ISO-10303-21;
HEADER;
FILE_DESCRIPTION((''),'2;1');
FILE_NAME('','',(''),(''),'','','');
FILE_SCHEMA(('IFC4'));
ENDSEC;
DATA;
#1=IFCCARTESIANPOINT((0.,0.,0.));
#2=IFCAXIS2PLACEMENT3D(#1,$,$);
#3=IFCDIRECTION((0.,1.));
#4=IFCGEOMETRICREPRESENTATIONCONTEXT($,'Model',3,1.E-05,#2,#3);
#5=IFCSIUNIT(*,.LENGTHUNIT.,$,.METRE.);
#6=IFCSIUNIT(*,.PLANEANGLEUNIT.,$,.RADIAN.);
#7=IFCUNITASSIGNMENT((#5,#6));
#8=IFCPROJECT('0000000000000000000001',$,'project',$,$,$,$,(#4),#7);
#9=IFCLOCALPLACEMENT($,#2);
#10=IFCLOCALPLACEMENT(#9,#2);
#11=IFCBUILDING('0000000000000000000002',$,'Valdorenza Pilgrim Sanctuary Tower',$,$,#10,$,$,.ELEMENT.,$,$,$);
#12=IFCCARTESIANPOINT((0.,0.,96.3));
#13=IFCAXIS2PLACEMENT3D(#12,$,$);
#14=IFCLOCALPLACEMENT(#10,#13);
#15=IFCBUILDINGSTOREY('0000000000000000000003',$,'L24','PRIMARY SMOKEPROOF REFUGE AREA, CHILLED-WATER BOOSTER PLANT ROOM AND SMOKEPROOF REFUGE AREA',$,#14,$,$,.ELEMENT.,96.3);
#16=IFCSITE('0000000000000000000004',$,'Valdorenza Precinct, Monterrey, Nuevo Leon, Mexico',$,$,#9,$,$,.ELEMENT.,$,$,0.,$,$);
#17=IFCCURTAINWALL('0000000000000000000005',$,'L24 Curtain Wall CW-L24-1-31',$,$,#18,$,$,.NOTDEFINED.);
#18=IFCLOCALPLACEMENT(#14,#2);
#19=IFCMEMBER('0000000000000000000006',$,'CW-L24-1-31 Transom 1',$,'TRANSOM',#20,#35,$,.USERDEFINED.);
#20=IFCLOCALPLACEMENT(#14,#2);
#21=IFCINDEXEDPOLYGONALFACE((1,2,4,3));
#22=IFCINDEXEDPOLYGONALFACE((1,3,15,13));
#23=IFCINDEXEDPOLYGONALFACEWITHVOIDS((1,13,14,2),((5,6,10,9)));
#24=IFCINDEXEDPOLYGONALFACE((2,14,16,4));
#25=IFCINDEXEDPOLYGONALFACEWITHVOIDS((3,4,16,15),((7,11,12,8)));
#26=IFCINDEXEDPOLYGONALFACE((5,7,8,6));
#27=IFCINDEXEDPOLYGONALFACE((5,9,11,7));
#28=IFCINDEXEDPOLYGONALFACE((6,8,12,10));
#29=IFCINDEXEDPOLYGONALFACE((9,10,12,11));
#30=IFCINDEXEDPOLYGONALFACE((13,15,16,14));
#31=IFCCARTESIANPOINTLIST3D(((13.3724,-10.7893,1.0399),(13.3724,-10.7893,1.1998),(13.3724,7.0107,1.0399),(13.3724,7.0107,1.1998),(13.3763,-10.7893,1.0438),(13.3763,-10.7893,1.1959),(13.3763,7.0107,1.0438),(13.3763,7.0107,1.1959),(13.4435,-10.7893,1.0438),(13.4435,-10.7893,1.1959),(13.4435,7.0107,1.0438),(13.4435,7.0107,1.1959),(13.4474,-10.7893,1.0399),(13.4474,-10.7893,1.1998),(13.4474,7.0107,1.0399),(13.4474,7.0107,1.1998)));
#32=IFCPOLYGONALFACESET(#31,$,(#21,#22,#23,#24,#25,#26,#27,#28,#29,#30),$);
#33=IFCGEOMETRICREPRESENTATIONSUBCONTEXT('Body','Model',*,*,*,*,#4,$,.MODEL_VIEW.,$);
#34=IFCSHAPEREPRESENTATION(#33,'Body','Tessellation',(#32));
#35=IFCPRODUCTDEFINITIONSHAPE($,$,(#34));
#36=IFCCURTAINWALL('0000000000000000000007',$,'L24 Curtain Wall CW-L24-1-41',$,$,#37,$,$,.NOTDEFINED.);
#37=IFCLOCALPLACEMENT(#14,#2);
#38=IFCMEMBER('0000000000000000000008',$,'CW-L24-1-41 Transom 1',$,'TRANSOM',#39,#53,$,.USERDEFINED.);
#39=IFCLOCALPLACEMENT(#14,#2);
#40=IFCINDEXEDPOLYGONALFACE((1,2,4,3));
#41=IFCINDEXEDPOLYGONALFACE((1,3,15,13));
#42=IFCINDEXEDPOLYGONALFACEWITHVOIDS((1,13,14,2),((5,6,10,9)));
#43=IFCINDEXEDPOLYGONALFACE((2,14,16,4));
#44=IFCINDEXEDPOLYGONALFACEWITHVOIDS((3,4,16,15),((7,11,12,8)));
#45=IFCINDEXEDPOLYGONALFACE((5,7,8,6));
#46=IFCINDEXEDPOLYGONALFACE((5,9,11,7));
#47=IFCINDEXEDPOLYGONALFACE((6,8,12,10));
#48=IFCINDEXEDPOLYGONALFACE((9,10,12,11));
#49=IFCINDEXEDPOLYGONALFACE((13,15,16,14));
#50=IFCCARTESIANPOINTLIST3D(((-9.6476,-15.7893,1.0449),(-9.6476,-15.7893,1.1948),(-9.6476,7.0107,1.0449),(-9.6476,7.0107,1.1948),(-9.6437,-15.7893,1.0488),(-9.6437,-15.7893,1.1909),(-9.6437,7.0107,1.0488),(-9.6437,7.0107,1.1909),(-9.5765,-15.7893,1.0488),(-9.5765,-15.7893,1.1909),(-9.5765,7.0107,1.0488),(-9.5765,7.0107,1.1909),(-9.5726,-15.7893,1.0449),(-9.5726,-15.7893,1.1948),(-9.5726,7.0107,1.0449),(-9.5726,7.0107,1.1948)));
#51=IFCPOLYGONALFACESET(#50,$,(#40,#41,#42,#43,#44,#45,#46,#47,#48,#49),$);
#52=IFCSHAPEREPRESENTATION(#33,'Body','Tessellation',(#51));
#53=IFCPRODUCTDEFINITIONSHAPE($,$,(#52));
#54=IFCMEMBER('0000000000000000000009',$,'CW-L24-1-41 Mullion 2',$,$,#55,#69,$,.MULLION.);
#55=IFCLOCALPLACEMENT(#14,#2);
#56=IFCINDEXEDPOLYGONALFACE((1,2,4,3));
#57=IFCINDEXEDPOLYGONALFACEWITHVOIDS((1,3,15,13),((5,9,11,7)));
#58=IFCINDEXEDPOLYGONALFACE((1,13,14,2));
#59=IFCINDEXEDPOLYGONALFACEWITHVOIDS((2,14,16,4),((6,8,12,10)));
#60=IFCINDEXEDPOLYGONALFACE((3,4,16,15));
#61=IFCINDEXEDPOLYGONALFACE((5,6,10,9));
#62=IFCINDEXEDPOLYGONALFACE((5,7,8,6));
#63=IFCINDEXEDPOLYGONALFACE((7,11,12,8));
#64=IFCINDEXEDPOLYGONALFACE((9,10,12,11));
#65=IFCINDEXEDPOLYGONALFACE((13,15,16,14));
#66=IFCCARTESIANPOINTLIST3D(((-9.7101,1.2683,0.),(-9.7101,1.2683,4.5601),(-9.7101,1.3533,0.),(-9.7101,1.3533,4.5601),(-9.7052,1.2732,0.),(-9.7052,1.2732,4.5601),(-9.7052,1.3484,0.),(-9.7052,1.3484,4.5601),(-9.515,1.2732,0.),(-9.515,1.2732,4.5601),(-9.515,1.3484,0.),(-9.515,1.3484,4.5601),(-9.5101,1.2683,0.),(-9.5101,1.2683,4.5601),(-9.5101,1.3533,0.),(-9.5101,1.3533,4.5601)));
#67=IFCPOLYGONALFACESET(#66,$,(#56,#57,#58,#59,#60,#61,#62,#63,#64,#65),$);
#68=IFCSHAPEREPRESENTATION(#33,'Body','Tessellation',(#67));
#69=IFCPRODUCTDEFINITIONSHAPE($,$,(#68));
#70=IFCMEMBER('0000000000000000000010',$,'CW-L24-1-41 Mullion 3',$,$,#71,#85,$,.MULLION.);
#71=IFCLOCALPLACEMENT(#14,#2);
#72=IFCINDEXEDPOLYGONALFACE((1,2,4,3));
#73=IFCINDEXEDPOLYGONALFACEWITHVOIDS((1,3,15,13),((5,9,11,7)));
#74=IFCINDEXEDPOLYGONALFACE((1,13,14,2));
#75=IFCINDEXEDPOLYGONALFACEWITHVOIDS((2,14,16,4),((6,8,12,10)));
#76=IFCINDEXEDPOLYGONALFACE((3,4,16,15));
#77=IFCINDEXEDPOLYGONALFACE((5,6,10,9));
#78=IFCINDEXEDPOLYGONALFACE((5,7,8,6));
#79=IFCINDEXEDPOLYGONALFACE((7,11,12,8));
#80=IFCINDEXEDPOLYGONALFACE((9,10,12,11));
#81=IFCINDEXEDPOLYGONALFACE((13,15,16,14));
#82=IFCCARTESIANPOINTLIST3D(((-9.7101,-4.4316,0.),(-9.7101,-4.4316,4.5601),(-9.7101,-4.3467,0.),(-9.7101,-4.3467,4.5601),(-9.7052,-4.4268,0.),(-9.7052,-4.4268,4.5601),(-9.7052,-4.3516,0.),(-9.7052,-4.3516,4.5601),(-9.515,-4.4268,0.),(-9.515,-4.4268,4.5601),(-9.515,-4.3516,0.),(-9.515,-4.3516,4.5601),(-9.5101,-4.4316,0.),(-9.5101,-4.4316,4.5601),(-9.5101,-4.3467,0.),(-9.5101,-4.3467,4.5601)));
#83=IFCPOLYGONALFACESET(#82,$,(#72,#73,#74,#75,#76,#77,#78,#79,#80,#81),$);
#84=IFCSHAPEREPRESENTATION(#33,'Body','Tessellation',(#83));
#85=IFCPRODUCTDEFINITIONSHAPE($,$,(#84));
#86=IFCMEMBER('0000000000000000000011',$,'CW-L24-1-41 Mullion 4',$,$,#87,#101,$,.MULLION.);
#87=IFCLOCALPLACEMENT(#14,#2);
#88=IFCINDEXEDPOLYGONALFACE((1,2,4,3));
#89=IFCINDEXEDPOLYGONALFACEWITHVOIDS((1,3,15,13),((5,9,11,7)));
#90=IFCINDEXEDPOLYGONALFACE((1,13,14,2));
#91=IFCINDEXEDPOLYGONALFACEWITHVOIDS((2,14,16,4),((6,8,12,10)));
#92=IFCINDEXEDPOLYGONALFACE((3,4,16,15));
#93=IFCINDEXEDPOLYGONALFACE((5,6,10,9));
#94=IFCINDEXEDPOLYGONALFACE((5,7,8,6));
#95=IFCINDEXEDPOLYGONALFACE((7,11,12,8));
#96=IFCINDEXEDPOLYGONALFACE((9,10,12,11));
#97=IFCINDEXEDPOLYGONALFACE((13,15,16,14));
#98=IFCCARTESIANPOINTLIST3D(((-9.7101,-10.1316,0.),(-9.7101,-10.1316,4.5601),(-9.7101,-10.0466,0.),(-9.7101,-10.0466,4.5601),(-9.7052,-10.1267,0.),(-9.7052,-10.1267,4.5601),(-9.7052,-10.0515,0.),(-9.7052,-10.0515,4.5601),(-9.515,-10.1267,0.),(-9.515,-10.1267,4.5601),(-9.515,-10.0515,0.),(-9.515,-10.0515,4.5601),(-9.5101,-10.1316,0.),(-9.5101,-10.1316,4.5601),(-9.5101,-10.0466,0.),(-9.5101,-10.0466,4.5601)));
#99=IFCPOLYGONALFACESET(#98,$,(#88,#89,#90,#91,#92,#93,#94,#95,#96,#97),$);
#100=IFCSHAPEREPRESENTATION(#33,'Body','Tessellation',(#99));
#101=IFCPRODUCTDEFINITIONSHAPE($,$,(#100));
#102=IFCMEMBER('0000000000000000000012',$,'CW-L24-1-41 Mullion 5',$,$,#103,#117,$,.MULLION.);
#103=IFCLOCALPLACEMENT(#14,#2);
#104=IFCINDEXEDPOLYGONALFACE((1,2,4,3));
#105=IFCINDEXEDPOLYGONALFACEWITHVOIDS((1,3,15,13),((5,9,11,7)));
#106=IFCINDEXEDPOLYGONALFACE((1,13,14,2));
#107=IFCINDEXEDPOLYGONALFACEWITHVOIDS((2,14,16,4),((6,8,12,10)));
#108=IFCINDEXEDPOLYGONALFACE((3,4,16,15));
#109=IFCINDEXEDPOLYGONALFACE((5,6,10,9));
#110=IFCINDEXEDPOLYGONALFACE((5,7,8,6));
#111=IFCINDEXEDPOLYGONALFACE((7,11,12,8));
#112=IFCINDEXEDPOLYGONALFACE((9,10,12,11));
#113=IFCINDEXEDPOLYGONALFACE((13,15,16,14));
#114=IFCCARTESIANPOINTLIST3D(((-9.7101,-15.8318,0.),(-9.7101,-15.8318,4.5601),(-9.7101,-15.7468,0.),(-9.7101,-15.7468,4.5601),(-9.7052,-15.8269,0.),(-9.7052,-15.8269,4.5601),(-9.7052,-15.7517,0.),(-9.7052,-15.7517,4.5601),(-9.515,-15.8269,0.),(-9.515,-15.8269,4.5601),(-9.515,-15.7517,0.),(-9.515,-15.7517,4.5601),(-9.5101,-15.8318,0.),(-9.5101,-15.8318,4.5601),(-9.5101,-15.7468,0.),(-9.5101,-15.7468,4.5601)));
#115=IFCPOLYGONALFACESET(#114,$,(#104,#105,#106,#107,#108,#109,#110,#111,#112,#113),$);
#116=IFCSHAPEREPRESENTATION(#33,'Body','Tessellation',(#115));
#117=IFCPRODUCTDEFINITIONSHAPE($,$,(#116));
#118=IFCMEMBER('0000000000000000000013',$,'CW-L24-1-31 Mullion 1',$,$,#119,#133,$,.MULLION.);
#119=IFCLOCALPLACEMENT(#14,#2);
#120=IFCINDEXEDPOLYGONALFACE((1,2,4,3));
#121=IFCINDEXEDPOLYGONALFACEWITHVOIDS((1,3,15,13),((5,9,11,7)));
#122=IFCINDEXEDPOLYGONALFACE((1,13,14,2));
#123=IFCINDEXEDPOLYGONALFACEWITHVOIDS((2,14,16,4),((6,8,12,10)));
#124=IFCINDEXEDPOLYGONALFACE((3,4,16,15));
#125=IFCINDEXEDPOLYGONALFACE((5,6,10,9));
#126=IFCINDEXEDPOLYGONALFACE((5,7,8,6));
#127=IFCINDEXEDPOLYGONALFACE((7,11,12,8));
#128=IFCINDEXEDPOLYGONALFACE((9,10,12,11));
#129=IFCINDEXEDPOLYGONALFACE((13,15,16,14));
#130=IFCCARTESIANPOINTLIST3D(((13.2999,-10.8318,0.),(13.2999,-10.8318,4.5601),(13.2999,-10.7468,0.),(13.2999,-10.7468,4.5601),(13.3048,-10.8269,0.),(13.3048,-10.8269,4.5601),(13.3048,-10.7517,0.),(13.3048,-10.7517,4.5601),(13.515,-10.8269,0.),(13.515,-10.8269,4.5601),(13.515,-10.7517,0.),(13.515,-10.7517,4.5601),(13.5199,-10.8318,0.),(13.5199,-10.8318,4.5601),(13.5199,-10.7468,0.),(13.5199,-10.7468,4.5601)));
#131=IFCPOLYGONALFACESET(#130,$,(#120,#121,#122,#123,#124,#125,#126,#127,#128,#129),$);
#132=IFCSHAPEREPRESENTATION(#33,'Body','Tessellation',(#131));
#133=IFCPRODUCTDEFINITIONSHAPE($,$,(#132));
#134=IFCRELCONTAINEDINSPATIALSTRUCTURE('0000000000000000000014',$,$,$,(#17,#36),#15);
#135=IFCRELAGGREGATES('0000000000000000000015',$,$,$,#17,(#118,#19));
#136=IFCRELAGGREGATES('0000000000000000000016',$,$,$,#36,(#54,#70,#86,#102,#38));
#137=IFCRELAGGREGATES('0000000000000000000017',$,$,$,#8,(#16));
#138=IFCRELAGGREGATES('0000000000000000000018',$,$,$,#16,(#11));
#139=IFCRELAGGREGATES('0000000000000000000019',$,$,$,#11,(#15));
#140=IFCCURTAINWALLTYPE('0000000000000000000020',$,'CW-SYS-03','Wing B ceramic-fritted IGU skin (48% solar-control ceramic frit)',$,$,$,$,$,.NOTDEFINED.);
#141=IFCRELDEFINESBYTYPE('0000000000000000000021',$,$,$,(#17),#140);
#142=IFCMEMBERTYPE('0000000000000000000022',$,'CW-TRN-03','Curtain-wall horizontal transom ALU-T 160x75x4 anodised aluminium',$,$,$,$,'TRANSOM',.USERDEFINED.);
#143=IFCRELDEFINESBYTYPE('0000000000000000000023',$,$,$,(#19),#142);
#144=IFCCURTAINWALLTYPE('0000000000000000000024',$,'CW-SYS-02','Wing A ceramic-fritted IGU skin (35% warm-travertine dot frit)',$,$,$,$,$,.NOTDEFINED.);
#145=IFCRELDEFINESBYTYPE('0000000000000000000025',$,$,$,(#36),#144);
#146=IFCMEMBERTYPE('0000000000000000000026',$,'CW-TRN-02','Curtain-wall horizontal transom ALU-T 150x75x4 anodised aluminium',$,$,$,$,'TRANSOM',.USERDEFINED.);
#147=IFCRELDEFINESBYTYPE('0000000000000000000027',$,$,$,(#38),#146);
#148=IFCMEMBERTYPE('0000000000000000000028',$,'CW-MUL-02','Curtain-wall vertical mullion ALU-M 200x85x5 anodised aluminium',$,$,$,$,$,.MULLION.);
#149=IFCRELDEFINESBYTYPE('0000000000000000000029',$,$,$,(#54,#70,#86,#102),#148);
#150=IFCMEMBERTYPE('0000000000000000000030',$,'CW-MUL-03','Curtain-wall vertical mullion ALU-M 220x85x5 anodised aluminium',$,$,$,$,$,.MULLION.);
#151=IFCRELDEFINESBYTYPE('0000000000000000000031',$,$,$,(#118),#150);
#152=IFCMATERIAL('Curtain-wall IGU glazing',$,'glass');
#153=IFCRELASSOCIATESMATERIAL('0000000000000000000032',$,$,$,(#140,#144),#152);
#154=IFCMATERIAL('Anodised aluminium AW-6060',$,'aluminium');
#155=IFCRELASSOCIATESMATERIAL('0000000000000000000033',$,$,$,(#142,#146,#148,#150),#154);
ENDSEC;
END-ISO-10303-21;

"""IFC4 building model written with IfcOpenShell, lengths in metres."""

from ifc_helpers import new_model, si_unit, direction, frame, origin, origin_2d, place, context, subcontext, project, spatial, hollow_rectangle, extrude, source, transform, mapped, material, material_profile, profile_set, type_object, element, aggregate, save


model = new_model("IFC4")

# Units and contexts
model_context = context("Model", 3, precision=1e-05, world=origin(), true_north=direction((0.0, 1.0)))
body_context = subcontext(model_context, "Body", "Model", "MODEL_VIEW")
ifc_project = project(units=[si_unit("LENGTHUNIT", "METRE"), si_unit("PLANEANGLEUNIT", "RADIAN")], contexts=[model_context])

# Site, building, storey
site_placement = place(None, origin())
site = spatial("IfcSite", under=ifc_project, at=site_placement, Name="Valdorenza Precinct, Monterrey, Nuevo Leon, Mexico", CompositionType="ELEMENT", RefElevation=0.0)
building_placement = place(site_placement, origin())
building = spatial("IfcBuilding", under=site, at=building_placement, Name="Valdorenza Pilgrim Sanctuary Tower", CompositionType="ELEMENT")
storey_placement = place(building_placement, frame((0.0, 0.0, 96.3)))
storey = spatial("IfcBuildingStorey", under=building, at=storey_placement, Name="L24", Description="PRIMARY SMOKEPROOF REFUGE AREA, CHILLED-WATER BOOSTER PLANT ROOM AND SMOKEPROOF REFUGE AREA", CompositionType="ELEMENT", Elevation=96.3)

# Curtain wall, member
ifc_material_1 = material(Name="Curtain-wall IGU glazing", Category="glass")
curtain_wall_type_1 = type_object("IfcCurtainWallType", Name="CW-SYS-03", Description="Wing B ceramic-fritted IGU skin (48% solar-control ceramic frit)", PredefinedType="NOTDEFINED", material=ifc_material_1)
curtain_wall_1_placement = place(storey_placement, origin())
curtain_wall_1 = element("IfcCurtainWall", 1, at=curtain_wall_1_placement, inside=storey, type_object=curtain_wall_type_1, Name="L24 Curtain Wall CW-L24-1-31", PredefinedType="NOTDEFINED")
ifc_material_2 = material(Name="Anodised aluminium AW-6060", Category="aluminium")
ifc_material_profile_1 = material_profile(ifc_material_2, hollow_rectangle(XDim=0.075, YDim=0.1599, WallThickness=0.0039, at=origin_2d()), Name="ALU-T 160x75x4")
ifc_profile_set_1 = profile_set([ifc_material_profile_1], Name="Anodised aluminium AW-6060")
member_type_1 = type_object("IfcMemberType", Name="CW-TRN-03", Description="Curtain-wall horizontal transom ALU-T 160x75x4 anodised aluminium", ElementType="TRANSOM", PredefinedType="USERDEFINED", material=ifc_profile_set_1)
shared_shape_1 = source(origin(), body_context, "Body", "SweptSolid", [
    extrude(hollow_rectangle(XDim=0.075, YDim=0.1599, WallThickness=0.0039, at=origin_2d()), origin(), (0.0, 0.0, 1.0), 17.8),
])
member_1_placement = place(storey_placement, frame((13.4099, -10.7893, 1.1199), z_axis=(0.0, 1.0, 0.0), x_axis=(-1.0, 0.0, 0.0)))
member_1 = element("IfcMember", 2, at=member_1_placement, type_object=member_type_1, Name="CW-L24-1-31 Transom 1", ObjectType="TRANSOM", PredefinedType="USERDEFINED", context=body_context, shape_type="MappedRepresentation", body=[
    mapped(shared_shape_1, transform((0.0, 0.0, 0.0), x_axis=(1.0, 0.0, 0.0), y_axis=(0.0, 1.0, 0.0), z_axis=(0.0, 0.0, 1.0), scale=1.0)),
])

# Curtain wall, members
curtain_wall_type_2 = type_object("IfcCurtainWallType", Name="CW-SYS-02", Description="Wing A ceramic-fritted IGU skin (35% warm-travertine dot frit)", PredefinedType="NOTDEFINED", material=ifc_material_1)
curtain_wall_2_placement = place(storey_placement, origin())
curtain_wall_2 = element("IfcCurtainWall", 3, at=curtain_wall_2_placement, inside=storey, type_object=curtain_wall_type_2, Name="L24 Curtain Wall CW-L24-1-41", PredefinedType="NOTDEFINED")
ifc_material_profile_2 = material_profile(ifc_material_2, hollow_rectangle(XDim=0.075, YDim=0.1499, WallThickness=0.0039, at=origin_2d()), Name="ALU-T 150x75x4")
ifc_profile_set_2 = profile_set([ifc_material_profile_2], Name="Anodised aluminium AW-6060")
member_type_2 = type_object("IfcMemberType", Name="CW-TRN-02", Description="Curtain-wall horizontal transom ALU-T 150x75x4 anodised aluminium", ElementType="TRANSOM", PredefinedType="USERDEFINED", material=ifc_profile_set_2)
shared_shape_2 = source(origin(), body_context, "Body", "SweptSolid", [
    extrude(hollow_rectangle(XDim=0.075, YDim=0.1499, WallThickness=0.0039, at=origin_2d()), origin(), (0.0, 0.0, 1.0), 22.8),
])
member_2_placement = place(storey_placement, frame((-9.6101, 7.0107, 1.1199), z_axis=(0.0, -1.0, 0.0), x_axis=(1.0, 0.0, 0.0)))
member_2 = element("IfcMember", 4, at=member_2_placement, type_object=member_type_2, Name="CW-L24-1-41 Transom 1", ObjectType="TRANSOM", PredefinedType="USERDEFINED", context=body_context, shape_type="MappedRepresentation", body=[
    mapped(shared_shape_2, transform((0.0, 0.0, 0.0), x_axis=(1.0, 0.0, 0.0), y_axis=(0.0, 1.0, 0.0), z_axis=(0.0, 0.0, 1.0), scale=1.0)),
])
ifc_material_profile_3 = material_profile(ifc_material_2, hollow_rectangle(XDim=0.085, YDim=0.2, WallThickness=0.0049, at=origin_2d()), Name="ALU-M 200x85x5")
ifc_profile_set_3 = profile_set([ifc_material_profile_3], Name="Anodised aluminium AW-6060")
member_type_3 = type_object("IfcMemberType", Name="CW-MUL-02", Description="Curtain-wall vertical mullion ALU-M 200x85x5 anodised aluminium", PredefinedType="MULLION", material=ifc_profile_set_3)
shared_shape_3 = source(origin(), body_context, "Body", "SweptSolid", [
    extrude(hollow_rectangle(XDim=0.085, YDim=0.2, WallThickness=0.0049, at=origin_2d()), origin(), (0.0, 0.0, 1.0), 4.5601),
])
member_3_placement = place(storey_placement, frame((-9.6101, 1.3108, 0.0), z_axis=(0.0, 0.0, 1.0), x_axis=(0.0, -1.0, 0.0)))
member_3 = element("IfcMember", 5, at=member_3_placement, type_object=member_type_3, Name="CW-L24-1-41 Mullion 2", PredefinedType="MULLION", context=body_context, shape_type="MappedRepresentation", body=[
    mapped(shared_shape_3, transform((0.0, 0.0, 0.0), x_axis=(1.0, 0.0, 0.0), y_axis=(0.0, 1.0, 0.0), z_axis=(0.0, 0.0, 1.0), scale=1.0)),
])
member_4_placement = place(storey_placement, frame((-9.6101, -4.3892, 0.0), z_axis=(0.0, 0.0, 1.0), x_axis=(0.0, -1.0, 0.0)))
member_4 = element("IfcMember", 6, at=member_4_placement, type_object=member_type_3, Name="CW-L24-1-41 Mullion 3", PredefinedType="MULLION", context=body_context, shape_type="MappedRepresentation", body=[
    mapped(shared_shape_3, transform((0.0, 0.0, 0.0), x_axis=(1.0, 0.0, 0.0), y_axis=(0.0, 1.0, 0.0), z_axis=(0.0, 0.0, 1.0), scale=1.0)),
])
member_5_placement = place(storey_placement, frame((-9.6101, -10.0891, 0.0), z_axis=(0.0, 0.0, 1.0), x_axis=(0.0, -1.0, 0.0)))
member_5 = element("IfcMember", 7, at=member_5_placement, type_object=member_type_3, Name="CW-L24-1-41 Mullion 4", PredefinedType="MULLION", context=body_context, shape_type="MappedRepresentation", body=[
    mapped(shared_shape_3, transform((0.0, 0.0, 0.0), x_axis=(1.0, 0.0, 0.0), y_axis=(0.0, 1.0, 0.0), z_axis=(0.0, 0.0, 1.0), scale=1.0)),
])
member_6_placement = place(storey_placement, frame((-9.6101, -15.7893, 0.0), z_axis=(0.0, 0.0, 1.0), x_axis=(0.0, -1.0, 0.0)))
member_6 = element("IfcMember", 8, at=member_6_placement, type_object=member_type_3, Name="CW-L24-1-41 Mullion 5", PredefinedType="MULLION", context=body_context, shape_type="MappedRepresentation", body=[
    mapped(shared_shape_3, transform((0.0, 0.0, 0.0), x_axis=(1.0, 0.0, 0.0), y_axis=(0.0, 1.0, 0.0), z_axis=(0.0, 0.0, 1.0), scale=1.0)),
])

# Member
ifc_material_profile_4 = material_profile(ifc_material_2, hollow_rectangle(XDim=0.085, YDim=0.22, WallThickness=0.0049, at=origin_2d()), Name="ALU-M 220x85x5")
ifc_profile_set_4 = profile_set([ifc_material_profile_4], Name="Anodised aluminium AW-6060")
member_type_4 = type_object("IfcMemberType", Name="CW-MUL-03", Description="Curtain-wall vertical mullion ALU-M 220x85x5 anodised aluminium", PredefinedType="MULLION", material=ifc_profile_set_4)
shared_shape_4 = source(origin(), body_context, "Body", "SweptSolid", [
    extrude(hollow_rectangle(XDim=0.085, YDim=0.22, WallThickness=0.0049, at=origin_2d()), origin(), (0.0, 0.0, 1.0), 4.5601),
])
member_7_placement = place(storey_placement, frame((13.4099, -10.7893, 0.0), z_axis=(0.0, 0.0, 1.0), x_axis=(0.0, 1.0, 0.0)))
member_7 = element("IfcMember", 9, at=member_7_placement, type_object=member_type_4, Name="CW-L24-1-31 Mullion 1", PredefinedType="MULLION", context=body_context, shape_type="MappedRepresentation", body=[
    mapped(shared_shape_4, transform((0.0, 0.0, 0.0), x_axis=(1.0, 0.0, 0.0), y_axis=(0.0, 1.0, 0.0), z_axis=(0.0, 0.0, 1.0), scale=1.0)),
])
aggregate(curtain_wall_1, [member_7, member_1])

aggregate(curtain_wall_2, [member_3, member_4, member_5, member_6, member_2])

save(model, "model.ifc")
